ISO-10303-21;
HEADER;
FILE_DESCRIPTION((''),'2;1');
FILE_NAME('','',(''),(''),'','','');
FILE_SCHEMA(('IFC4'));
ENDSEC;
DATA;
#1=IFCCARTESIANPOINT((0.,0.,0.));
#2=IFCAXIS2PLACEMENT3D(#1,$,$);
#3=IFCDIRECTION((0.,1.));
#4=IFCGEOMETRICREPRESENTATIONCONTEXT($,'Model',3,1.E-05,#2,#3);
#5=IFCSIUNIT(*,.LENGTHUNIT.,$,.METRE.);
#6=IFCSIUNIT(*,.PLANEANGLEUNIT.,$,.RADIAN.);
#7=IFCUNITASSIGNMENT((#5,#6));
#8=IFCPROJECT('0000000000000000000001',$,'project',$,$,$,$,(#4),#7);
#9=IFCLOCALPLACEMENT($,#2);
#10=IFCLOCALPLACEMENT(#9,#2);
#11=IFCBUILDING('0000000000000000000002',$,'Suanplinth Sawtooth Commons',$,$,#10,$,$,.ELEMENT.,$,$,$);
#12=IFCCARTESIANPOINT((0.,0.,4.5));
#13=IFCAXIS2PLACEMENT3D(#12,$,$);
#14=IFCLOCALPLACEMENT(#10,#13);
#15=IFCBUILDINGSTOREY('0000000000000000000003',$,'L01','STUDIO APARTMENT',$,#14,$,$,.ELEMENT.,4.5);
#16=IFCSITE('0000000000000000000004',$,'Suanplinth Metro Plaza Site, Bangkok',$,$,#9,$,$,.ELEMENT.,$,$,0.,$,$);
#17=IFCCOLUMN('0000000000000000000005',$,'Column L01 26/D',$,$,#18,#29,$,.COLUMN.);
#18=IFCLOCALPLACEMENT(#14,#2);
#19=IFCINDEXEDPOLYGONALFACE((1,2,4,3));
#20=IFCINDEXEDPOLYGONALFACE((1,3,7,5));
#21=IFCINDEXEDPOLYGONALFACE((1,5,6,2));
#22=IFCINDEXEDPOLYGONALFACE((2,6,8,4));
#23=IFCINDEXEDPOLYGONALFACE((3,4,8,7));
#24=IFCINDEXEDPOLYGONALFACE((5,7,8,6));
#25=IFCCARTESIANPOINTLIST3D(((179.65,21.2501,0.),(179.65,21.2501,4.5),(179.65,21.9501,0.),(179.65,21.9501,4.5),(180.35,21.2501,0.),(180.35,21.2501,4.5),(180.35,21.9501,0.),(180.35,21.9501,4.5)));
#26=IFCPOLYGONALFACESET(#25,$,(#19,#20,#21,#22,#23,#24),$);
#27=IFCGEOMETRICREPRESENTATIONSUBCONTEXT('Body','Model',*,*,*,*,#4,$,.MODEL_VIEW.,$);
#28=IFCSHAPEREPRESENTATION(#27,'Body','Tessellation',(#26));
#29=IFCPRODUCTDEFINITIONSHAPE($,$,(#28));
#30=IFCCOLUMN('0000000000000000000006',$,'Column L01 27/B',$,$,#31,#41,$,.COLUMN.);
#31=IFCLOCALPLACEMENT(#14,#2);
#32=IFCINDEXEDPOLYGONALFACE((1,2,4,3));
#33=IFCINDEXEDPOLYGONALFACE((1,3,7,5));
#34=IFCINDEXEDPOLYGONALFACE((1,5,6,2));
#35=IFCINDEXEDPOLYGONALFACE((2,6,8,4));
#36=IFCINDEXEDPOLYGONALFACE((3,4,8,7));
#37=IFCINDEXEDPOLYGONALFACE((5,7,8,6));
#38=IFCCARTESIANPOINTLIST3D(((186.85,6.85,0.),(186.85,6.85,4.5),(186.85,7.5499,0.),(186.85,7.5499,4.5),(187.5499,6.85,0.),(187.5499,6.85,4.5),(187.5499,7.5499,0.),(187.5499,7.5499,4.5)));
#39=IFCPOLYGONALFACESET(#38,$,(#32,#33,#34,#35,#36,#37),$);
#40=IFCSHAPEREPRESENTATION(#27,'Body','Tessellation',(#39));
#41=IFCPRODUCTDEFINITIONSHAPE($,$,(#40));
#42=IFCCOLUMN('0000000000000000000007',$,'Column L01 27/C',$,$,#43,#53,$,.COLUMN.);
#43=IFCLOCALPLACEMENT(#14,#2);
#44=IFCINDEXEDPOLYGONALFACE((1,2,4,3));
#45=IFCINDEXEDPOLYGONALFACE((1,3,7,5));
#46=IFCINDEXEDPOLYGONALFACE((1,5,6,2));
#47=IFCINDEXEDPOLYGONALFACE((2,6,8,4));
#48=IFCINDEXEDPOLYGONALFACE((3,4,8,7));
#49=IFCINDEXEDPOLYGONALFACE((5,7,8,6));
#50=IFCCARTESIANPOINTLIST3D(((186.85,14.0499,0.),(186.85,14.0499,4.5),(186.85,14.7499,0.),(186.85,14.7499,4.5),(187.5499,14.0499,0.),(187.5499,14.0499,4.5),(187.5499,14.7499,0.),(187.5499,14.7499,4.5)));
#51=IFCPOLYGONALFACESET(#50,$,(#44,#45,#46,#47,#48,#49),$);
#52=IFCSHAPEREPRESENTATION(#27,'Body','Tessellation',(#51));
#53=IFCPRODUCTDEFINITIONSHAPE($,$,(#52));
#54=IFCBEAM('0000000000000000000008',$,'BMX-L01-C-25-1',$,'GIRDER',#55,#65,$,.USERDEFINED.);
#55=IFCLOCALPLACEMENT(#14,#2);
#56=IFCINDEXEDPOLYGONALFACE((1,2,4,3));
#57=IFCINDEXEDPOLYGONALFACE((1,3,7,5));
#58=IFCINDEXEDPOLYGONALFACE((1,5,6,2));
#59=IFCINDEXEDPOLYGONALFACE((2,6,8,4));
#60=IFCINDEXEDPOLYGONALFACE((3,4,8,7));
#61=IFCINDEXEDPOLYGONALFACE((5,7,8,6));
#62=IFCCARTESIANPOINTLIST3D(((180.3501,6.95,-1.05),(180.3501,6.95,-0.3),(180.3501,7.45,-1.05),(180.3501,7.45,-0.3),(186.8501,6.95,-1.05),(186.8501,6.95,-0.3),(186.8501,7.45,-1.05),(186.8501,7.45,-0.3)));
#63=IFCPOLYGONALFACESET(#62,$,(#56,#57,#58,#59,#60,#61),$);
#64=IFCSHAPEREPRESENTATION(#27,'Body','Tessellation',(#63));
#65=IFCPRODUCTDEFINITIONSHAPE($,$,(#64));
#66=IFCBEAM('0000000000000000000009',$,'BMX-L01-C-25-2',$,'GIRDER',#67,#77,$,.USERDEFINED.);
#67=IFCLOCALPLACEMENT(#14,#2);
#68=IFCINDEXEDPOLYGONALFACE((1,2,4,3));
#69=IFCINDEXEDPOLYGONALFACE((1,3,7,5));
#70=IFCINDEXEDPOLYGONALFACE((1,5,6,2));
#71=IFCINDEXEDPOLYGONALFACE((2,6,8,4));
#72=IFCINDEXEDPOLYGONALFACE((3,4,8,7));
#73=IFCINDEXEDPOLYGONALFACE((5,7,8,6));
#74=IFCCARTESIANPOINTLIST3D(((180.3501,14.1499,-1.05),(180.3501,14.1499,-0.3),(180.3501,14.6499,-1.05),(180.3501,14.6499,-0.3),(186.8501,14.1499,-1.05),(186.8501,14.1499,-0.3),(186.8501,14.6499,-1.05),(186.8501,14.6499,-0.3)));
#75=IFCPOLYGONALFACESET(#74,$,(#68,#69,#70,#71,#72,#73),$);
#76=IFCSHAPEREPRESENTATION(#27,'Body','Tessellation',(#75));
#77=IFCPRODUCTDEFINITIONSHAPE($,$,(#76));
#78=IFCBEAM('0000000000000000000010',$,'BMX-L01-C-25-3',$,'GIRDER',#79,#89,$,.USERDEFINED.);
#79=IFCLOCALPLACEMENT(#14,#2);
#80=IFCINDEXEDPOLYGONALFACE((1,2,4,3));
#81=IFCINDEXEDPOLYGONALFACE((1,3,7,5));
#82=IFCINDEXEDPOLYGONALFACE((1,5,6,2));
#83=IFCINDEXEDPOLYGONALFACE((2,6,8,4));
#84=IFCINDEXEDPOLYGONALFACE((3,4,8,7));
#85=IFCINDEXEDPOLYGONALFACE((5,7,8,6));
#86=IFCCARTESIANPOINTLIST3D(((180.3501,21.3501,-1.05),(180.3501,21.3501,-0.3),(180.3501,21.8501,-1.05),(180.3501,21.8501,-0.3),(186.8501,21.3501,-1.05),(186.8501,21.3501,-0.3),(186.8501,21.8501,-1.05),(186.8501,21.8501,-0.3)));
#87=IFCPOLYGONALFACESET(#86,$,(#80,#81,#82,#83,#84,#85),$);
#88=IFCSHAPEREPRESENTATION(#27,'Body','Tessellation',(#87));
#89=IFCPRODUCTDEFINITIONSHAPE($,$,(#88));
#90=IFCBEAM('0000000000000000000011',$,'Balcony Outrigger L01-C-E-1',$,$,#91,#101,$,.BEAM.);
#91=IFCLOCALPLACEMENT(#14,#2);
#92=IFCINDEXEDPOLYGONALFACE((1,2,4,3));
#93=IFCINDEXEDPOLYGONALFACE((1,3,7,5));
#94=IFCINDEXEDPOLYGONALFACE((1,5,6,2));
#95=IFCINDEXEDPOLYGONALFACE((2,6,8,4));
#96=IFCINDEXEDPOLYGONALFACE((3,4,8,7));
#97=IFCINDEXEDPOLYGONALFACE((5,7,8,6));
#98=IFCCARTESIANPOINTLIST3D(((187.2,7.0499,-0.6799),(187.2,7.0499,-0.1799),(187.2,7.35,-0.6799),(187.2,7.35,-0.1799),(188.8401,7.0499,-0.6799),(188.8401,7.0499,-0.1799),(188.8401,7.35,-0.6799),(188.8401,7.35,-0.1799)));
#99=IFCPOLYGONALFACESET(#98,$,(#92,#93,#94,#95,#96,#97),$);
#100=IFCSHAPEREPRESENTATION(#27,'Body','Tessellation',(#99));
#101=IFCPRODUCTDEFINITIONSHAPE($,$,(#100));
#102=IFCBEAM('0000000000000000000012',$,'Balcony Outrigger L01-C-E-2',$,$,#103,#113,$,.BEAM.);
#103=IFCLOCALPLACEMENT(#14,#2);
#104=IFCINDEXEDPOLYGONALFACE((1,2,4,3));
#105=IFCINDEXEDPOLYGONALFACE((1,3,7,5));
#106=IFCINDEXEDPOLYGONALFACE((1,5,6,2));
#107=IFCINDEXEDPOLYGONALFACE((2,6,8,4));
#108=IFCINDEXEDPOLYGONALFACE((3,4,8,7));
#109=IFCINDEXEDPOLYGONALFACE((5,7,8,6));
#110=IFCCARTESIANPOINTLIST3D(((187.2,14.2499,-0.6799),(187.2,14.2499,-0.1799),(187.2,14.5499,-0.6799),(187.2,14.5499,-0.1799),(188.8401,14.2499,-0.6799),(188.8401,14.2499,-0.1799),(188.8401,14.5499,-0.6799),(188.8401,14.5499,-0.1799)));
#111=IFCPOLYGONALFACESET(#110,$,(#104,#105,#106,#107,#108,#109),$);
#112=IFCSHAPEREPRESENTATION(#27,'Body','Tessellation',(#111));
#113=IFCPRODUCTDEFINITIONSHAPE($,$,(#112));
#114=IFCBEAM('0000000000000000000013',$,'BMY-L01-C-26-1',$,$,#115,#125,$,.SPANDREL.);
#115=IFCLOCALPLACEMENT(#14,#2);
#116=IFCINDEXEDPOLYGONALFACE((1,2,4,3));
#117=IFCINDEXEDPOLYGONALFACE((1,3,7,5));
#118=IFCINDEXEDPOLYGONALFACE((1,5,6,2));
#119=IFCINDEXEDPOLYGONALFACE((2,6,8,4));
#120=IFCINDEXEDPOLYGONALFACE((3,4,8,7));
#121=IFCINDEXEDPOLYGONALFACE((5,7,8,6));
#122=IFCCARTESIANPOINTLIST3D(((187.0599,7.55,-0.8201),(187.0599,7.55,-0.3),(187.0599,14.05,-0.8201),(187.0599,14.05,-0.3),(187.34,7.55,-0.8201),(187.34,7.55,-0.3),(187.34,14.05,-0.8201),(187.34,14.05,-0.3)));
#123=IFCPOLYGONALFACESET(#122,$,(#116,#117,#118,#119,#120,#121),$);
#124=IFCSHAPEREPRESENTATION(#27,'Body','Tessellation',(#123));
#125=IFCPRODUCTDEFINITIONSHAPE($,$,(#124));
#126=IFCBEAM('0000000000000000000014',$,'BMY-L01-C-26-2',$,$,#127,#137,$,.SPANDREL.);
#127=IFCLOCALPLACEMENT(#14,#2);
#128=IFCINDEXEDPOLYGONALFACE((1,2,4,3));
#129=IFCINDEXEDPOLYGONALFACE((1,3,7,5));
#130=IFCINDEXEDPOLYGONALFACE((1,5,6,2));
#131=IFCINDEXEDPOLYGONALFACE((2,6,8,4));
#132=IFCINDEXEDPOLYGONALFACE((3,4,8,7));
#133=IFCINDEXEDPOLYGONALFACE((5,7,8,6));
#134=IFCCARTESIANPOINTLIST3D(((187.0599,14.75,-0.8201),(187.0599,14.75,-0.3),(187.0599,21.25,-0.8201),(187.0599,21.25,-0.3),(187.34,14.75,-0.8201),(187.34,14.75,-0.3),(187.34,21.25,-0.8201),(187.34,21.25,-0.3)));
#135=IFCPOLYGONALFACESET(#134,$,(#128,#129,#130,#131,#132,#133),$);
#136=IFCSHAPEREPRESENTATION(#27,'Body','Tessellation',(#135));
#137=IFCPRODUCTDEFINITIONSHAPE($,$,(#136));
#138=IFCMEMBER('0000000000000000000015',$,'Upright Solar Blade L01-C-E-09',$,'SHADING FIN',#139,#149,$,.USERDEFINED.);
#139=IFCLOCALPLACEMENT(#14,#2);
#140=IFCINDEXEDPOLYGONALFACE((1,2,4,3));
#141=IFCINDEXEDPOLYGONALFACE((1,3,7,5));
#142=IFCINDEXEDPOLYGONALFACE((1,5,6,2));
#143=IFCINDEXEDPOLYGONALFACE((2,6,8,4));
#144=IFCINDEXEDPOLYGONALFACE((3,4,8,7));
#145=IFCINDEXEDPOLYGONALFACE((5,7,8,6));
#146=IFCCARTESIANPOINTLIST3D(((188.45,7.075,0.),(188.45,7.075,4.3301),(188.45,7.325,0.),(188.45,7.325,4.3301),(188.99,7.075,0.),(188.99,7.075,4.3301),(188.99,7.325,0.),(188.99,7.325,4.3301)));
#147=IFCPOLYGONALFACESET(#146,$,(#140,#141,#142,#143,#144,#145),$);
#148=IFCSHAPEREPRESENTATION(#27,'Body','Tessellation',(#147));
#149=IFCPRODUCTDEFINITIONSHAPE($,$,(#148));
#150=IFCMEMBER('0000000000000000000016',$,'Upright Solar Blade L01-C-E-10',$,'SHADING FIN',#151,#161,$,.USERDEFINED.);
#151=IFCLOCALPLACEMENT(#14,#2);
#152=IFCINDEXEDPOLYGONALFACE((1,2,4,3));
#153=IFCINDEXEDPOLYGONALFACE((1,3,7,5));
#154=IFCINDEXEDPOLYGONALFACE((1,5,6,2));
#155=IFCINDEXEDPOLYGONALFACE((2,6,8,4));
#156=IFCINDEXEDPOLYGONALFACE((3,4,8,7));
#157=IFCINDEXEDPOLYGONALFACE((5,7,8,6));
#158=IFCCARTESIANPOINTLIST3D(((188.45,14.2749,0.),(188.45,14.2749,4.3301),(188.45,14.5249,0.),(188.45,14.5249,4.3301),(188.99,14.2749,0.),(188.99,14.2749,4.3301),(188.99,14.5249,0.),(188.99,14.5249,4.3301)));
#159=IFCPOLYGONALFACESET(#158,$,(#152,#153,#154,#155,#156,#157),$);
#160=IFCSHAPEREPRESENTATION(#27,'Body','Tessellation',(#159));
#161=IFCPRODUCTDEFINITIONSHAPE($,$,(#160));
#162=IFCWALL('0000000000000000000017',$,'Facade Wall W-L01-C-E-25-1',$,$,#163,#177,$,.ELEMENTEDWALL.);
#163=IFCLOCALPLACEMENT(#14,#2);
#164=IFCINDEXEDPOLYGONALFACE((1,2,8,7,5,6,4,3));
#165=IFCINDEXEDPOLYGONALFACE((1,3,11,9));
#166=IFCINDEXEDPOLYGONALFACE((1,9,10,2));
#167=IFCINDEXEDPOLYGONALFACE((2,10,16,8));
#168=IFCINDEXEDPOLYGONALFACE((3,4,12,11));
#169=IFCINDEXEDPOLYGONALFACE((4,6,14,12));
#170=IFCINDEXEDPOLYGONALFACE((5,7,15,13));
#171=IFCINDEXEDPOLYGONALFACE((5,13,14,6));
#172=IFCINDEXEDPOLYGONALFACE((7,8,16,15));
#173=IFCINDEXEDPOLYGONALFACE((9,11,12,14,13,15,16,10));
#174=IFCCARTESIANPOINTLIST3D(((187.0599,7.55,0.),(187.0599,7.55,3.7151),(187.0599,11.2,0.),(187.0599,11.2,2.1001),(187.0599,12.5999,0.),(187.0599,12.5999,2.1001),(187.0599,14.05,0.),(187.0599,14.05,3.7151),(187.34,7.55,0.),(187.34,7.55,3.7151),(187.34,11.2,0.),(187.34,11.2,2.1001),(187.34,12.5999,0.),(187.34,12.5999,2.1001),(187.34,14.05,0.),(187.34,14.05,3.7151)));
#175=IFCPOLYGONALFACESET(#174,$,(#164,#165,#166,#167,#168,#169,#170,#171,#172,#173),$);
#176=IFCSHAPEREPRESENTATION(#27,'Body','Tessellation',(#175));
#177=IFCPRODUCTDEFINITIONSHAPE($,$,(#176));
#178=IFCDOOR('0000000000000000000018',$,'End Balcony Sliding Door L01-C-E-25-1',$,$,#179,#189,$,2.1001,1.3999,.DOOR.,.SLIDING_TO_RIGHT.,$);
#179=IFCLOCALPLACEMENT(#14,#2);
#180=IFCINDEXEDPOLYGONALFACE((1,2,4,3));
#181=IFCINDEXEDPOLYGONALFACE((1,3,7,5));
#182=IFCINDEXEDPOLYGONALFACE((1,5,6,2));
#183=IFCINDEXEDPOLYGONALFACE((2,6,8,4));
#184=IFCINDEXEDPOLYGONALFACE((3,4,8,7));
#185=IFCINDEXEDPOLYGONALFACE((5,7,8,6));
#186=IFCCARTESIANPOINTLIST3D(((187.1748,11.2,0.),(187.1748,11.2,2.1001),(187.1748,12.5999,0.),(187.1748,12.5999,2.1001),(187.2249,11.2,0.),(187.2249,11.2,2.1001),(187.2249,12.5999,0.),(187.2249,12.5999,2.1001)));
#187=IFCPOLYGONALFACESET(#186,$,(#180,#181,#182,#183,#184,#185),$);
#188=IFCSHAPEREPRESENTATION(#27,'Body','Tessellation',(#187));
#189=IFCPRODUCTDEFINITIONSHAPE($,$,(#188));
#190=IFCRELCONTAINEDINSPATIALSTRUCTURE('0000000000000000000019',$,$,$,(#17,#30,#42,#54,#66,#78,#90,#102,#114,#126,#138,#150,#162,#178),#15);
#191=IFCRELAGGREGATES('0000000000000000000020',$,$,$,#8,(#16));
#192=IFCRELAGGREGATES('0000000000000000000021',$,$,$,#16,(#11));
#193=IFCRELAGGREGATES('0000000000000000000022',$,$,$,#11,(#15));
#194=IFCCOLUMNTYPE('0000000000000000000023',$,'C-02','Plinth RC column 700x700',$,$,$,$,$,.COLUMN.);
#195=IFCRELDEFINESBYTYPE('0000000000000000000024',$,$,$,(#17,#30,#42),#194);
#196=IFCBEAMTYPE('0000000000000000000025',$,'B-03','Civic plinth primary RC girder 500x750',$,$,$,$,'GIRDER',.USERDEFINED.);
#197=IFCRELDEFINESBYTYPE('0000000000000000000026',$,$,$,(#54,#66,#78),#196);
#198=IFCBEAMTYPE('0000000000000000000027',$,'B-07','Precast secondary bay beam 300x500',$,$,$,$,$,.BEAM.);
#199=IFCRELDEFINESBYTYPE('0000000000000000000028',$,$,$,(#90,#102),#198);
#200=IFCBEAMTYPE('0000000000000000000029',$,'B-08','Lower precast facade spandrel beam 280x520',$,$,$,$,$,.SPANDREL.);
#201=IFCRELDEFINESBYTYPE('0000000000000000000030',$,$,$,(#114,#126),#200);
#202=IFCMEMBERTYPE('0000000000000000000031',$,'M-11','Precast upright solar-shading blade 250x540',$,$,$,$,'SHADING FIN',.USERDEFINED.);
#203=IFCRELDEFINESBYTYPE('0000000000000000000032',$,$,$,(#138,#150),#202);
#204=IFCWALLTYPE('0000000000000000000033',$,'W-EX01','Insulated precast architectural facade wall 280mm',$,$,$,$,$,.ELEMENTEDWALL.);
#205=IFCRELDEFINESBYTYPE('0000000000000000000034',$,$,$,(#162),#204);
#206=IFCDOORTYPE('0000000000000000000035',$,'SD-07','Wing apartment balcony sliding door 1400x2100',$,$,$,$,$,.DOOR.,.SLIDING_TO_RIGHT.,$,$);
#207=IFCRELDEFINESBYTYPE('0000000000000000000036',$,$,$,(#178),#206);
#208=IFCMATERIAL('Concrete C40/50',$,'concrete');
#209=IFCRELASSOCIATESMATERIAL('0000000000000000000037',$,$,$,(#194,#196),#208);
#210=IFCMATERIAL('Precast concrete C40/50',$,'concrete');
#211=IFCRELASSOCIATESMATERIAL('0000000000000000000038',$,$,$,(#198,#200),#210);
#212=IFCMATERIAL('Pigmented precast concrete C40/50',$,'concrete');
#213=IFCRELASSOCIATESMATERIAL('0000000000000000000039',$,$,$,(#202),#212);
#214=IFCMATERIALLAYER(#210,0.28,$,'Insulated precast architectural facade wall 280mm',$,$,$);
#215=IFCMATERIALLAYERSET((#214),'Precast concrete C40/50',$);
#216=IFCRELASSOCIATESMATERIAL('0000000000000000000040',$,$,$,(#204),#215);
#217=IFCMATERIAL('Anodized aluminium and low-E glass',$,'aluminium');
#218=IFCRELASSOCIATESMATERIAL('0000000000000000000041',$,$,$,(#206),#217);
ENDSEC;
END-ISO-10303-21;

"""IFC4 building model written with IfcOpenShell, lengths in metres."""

from ifc_helpers import new_model, si_unit, direction, frame, frame_2d, origin, origin_2d, place, context, subcontext, project, spatial, rectangle, extrude, material, layer, layer_set, material_profile, profile_set, type_object, element, fill, save


model = new_model("IFC4")

# Units and contexts
model_context = context("Model", 3, precision=1e-05, world=origin(), true_north=direction((0.0, 1.0)))
body_context = subcontext(model_context, "Body", "Model", "MODEL_VIEW")
ifc_project = project(units=[si_unit("LENGTHUNIT", "METRE"), si_unit("PLANEANGLEUNIT", "RADIAN")], contexts=[model_context])

# Site, building, storey
site_placement = place(None, origin())
site = spatial("IfcSite", under=ifc_project, at=site_placement, Name="Suanplinth Metro Plaza Site, Bangkok", CompositionType="ELEMENT", RefElevation=0.0)
building_placement = place(site_placement, origin())
building = spatial("IfcBuilding", under=site, at=building_placement, Name="Suanplinth Sawtooth Commons", CompositionType="ELEMENT")
storey_placement = place(building_placement, frame((0.0, 0.0, 4.5)))
storey = spatial("IfcBuildingStorey", under=building, at=storey_placement, Name="L01", Description="STUDIO APARTMENT", CompositionType="ELEMENT", Elevation=4.5)

# Columns
ifc_material_1 = material(Name="Concrete C40/50", Category="concrete")
ifc_material_profile_1 = material_profile(ifc_material_1, rectangle(XDim=0.7, YDim=0.7, at=origin_2d()), Name="RC-COL 700x700")
ifc_profile_set_1 = profile_set([ifc_material_profile_1], Name="Concrete C40/50")
column_type = type_object("IfcColumnType", Name="C-02", Description="Plinth RC column 700x700", PredefinedType="COLUMN", material=ifc_profile_set_1)
for number, where, z_axis, x_axis, name in (
    (1, (180.0, 21.6001, 0.0), (0.0, 0.0, 1.0), (1.0, 0.0, 0.0), "Column L01 26/D"),
    (2, (187.2, 7.2, 0.0), (0.0, 0.0, 1.0), (1.0, 0.0, 0.0), "Column L01 27/B"),
    (3, (187.2, 14.3999, 0.0), (0.0, 0.0, 1.0), (1.0, 0.0, 0.0), "Column L01 27/C"),
):
    element("IfcColumn", number, at=place(storey_placement, frame(where, z_axis=z_axis, x_axis=x_axis)), inside=storey, type_object=column_type, Name=name, PredefinedType="COLUMN", context=body_context, shape_type="SweptSolid", body=[
        extrude(rectangle(XDim=0.7, YDim=0.7, at=origin_2d()), origin(), (0.0, 0.0, 1.0), 4.5),
    ])

# Beams
ifc_material_profile_2 = material_profile(ifc_material_1, rectangle(XDim=0.5, YDim=0.75, at=origin_2d()), Name="RC-GDR 500x750")
ifc_profile_set_2 = profile_set([ifc_material_profile_2], Name="Concrete C40/50")
beam_type_1 = type_object("IfcBeamType", Name="B-03", Description="Civic plinth primary RC girder 500x750", ElementType="GIRDER", PredefinedType="USERDEFINED", material=ifc_profile_set_2)
for number, where, z_axis, x_axis, name in (
    (4, (180.3501, 7.2, -0.675), (1.0, 0.0, 0.0), (0.0, 1.0, 0.0), "BMX-L01-C-25-1"),
    (5, (180.3501, 14.3999, -0.675), (1.0, 0.0, 0.0), (0.0, 1.0, 0.0), "BMX-L01-C-25-2"),
    (6, (180.3501, 21.6001, -0.675), (1.0, 0.0, 0.0), (0.0, 1.0, 0.0), "BMX-L01-C-25-3"),
):
    element("IfcBeam", number, at=place(storey_placement, frame(where, z_axis=z_axis, x_axis=x_axis)), inside=storey, type_object=beam_type_1, Name=name, ObjectType="GIRDER", PredefinedType="USERDEFINED", context=body_context, shape_type="SweptSolid", body=[
        extrude(rectangle(XDim=0.5, YDim=0.75, at=origin_2d()), origin(), (0.0, 0.0, 1.0), 6.5),
    ])
ifc_material_2 = material(Name="Precast concrete C40/50", Category="concrete")
ifc_material_profile_3 = material_profile(ifc_material_2, rectangle(XDim=0.3, YDim=0.5, at=origin_2d()), Name="PC-BM 300x500")
ifc_profile_set_3 = profile_set([ifc_material_profile_3], Name="Precast concrete C40/50")
beam_type_2 = type_object("IfcBeamType", Name="B-07", Description="Precast secondary bay beam 300x500", PredefinedType="BEAM", material=ifc_profile_set_3)
for number, where, z_axis, x_axis, name in (
    (7, (187.2, 7.2, -0.4299), (1.0, 0.0, 0.0), (0.0, 1.0, 0.0), "Balcony Outrigger L01-C-E-1"),
    (8, (187.2, 14.3999, -0.4299), (1.0, 0.0, 0.0), (0.0, 1.0, 0.0), "Balcony Outrigger L01-C-E-2"),
):
    element("IfcBeam", number, at=place(storey_placement, frame(where, z_axis=z_axis, x_axis=x_axis)), inside=storey, type_object=beam_type_2, Name=name, PredefinedType="BEAM", context=body_context, shape_type="SweptSolid", body=[
        extrude(rectangle(XDim=0.3, YDim=0.5, at=origin_2d()), origin(), (0.0, 0.0, 1.0), 1.6401),
    ])
ifc_material_profile_4 = material_profile(ifc_material_2, rectangle(XDim=0.28, YDim=0.52, at=origin_2d()), Name="PC-SP 280x520")
ifc_profile_set_4 = profile_set([ifc_material_profile_4], Name="Precast concrete C40/50")
beam_type_3 = type_object("IfcBeamType", Name="B-08", Description="Lower precast facade spandrel beam 280x520", PredefinedType="SPANDREL", material=ifc_profile_set_4)
for number, where, z_axis, x_axis, name in (
    (9, (187.2, 7.55, -0.5601), (0.0, 1.0, 0.0), (-1.0, 0.0, 0.0), "BMY-L01-C-26-1"),
    (10, (187.2, 14.75, -0.5601), (0.0, 1.0, 0.0), (-1.0, 0.0, 0.0), "BMY-L01-C-26-2"),
):
    element("IfcBeam", number, at=place(storey_placement, frame(where, z_axis=z_axis, x_axis=x_axis)), inside=storey, type_object=beam_type_3, Name=name, PredefinedType="SPANDREL", context=body_context, shape_type="SweptSolid", body=[
        extrude(rectangle(XDim=0.28, YDim=0.52, at=origin_2d()), origin(), (0.0, 0.0, 1.0), 6.5),
    ])

# Members
ifc_material_3 = material(Name="Pigmented precast concrete C40/50", Category="concrete")
ifc_material_profile_5 = material_profile(ifc_material_3, rectangle(XDim=0.25, YDim=0.54, at=origin_2d()), Name="PC-FIN 250x540")
ifc_profile_set_5 = profile_set([ifc_material_profile_5], Name="Pigmented precast concrete C40/50")
member_type = type_object("IfcMemberType", Name="M-11", Description="Precast upright solar-shading blade 250x540", ElementType="SHADING FIN", PredefinedType="USERDEFINED", material=ifc_profile_set_5)
for number, where, z_axis, x_axis, name in (
    (11, (188.72, 7.2, 0.0), (0.0, 0.0, 1.0), (0.0, 1.0, 0.0), "Upright Solar Blade L01-C-E-09"),
    (12, (188.72, 14.3999, 0.0), (0.0, 0.0, 1.0), (0.0, 1.0, 0.0), "Upright Solar Blade L01-C-E-10"),
):
    element("IfcMember", number, at=place(storey_placement, frame(where, z_axis=z_axis, x_axis=x_axis)), inside=storey, type_object=member_type, Name=name, ObjectType="SHADING FIN", PredefinedType="USERDEFINED", context=body_context, shape_type="SweptSolid", body=[
        extrude(rectangle(XDim=0.25, YDim=0.54, at=origin_2d()), origin(), (0.0, 0.0, 1.0), 4.3301),
    ])

# Wall, opening, door
ifc_layer_1 = layer(ifc_material_2, 0.28, Name="Insulated precast architectural facade wall 280mm")
ifc_layer_set_1 = layer_set([ifc_layer_1], Name="Precast concrete C40/50")
wall_type_1 = type_object("IfcWallType", Name="W-EX01", Description="Insulated precast architectural facade wall 280mm", PredefinedType="ELEMENTEDWALL", material=ifc_layer_set_1)
wall_1_placement = place(storey_placement, frame((187.2, 7.55, 0.0), z_axis=(0.0, 0.0, 1.0), x_axis=(0.0, 1.0, 0.0)))
wall_1 = element("IfcWall", 13, at=wall_1_placement, inside=storey, type_object=wall_type_1, Name="Facade Wall W-L01-C-E-25-1", PredefinedType="ELEMENTEDWALL", context=body_context, shape_type="SweptSolid", body=[
    extrude(rectangle(XDim=6.5, YDim=0.28, at=frame_2d((3.25, 0.0))), origin(), (0.0, 0.0, 1.0), 3.7151),
])
opening_1_placement = place(wall_1_placement, frame((3.6499, 0.0, 0.0)))
opening_1 = element("IfcOpeningElement", 14, at=opening_1_placement, cuts=wall_1, PredefinedType="OPENING", context=body_context, shape_type="SweptSolid", body=[
    extrude(rectangle(XDim=1.3999, YDim=2.1001, at=frame_2d((0.7, 1.05))), frame((0.0, 0.1548, 0.0), z_axis=(0.0, -1.0, 0.0), x_axis=(1.0, 0.0, 0.0)), (0.0, 0.0, 1.0), 0.3098),
])
ifc_material_4 = material(Name="Anodized aluminium and low-E glass", Category="aluminium")
door_type_1 = type_object("IfcDoorType", Name="SD-07", Description="Wing apartment balcony sliding door 1400x2100", OperationType="SLIDING_TO_RIGHT", PredefinedType="DOOR", material=ifc_material_4)
door_1_placement = place(opening_1_placement, frame((1.3999, 0.0, 0.0), z_axis=(0.0, 0.0, 1.0), x_axis=(-1.0, 0.0, 0.0)))
door_1 = element("IfcDoor", 15, at=door_1_placement, inside=storey, type_object=door_type_1, Name="End Balcony Sliding Door L01-C-E-25-1", OperationType="SLIDING_TO_RIGHT", OverallHeight=2.1001, OverallWidth=1.3999, PredefinedType="DOOR", context=body_context, shape_type="SweptSolid", body=[
    extrude(rectangle(XDim=1.3999, YDim=2.1001, at=frame_2d((0.7, 1.05))), frame((0.0, 0.0249, 0.0), z_axis=(0.0, -1.0, 0.0), x_axis=(1.0, 0.0, 0.0)), (0.0, 0.0, 1.0), 0.05),
])
fill(opening_1, door_1)

save(model, "model.ifc")
